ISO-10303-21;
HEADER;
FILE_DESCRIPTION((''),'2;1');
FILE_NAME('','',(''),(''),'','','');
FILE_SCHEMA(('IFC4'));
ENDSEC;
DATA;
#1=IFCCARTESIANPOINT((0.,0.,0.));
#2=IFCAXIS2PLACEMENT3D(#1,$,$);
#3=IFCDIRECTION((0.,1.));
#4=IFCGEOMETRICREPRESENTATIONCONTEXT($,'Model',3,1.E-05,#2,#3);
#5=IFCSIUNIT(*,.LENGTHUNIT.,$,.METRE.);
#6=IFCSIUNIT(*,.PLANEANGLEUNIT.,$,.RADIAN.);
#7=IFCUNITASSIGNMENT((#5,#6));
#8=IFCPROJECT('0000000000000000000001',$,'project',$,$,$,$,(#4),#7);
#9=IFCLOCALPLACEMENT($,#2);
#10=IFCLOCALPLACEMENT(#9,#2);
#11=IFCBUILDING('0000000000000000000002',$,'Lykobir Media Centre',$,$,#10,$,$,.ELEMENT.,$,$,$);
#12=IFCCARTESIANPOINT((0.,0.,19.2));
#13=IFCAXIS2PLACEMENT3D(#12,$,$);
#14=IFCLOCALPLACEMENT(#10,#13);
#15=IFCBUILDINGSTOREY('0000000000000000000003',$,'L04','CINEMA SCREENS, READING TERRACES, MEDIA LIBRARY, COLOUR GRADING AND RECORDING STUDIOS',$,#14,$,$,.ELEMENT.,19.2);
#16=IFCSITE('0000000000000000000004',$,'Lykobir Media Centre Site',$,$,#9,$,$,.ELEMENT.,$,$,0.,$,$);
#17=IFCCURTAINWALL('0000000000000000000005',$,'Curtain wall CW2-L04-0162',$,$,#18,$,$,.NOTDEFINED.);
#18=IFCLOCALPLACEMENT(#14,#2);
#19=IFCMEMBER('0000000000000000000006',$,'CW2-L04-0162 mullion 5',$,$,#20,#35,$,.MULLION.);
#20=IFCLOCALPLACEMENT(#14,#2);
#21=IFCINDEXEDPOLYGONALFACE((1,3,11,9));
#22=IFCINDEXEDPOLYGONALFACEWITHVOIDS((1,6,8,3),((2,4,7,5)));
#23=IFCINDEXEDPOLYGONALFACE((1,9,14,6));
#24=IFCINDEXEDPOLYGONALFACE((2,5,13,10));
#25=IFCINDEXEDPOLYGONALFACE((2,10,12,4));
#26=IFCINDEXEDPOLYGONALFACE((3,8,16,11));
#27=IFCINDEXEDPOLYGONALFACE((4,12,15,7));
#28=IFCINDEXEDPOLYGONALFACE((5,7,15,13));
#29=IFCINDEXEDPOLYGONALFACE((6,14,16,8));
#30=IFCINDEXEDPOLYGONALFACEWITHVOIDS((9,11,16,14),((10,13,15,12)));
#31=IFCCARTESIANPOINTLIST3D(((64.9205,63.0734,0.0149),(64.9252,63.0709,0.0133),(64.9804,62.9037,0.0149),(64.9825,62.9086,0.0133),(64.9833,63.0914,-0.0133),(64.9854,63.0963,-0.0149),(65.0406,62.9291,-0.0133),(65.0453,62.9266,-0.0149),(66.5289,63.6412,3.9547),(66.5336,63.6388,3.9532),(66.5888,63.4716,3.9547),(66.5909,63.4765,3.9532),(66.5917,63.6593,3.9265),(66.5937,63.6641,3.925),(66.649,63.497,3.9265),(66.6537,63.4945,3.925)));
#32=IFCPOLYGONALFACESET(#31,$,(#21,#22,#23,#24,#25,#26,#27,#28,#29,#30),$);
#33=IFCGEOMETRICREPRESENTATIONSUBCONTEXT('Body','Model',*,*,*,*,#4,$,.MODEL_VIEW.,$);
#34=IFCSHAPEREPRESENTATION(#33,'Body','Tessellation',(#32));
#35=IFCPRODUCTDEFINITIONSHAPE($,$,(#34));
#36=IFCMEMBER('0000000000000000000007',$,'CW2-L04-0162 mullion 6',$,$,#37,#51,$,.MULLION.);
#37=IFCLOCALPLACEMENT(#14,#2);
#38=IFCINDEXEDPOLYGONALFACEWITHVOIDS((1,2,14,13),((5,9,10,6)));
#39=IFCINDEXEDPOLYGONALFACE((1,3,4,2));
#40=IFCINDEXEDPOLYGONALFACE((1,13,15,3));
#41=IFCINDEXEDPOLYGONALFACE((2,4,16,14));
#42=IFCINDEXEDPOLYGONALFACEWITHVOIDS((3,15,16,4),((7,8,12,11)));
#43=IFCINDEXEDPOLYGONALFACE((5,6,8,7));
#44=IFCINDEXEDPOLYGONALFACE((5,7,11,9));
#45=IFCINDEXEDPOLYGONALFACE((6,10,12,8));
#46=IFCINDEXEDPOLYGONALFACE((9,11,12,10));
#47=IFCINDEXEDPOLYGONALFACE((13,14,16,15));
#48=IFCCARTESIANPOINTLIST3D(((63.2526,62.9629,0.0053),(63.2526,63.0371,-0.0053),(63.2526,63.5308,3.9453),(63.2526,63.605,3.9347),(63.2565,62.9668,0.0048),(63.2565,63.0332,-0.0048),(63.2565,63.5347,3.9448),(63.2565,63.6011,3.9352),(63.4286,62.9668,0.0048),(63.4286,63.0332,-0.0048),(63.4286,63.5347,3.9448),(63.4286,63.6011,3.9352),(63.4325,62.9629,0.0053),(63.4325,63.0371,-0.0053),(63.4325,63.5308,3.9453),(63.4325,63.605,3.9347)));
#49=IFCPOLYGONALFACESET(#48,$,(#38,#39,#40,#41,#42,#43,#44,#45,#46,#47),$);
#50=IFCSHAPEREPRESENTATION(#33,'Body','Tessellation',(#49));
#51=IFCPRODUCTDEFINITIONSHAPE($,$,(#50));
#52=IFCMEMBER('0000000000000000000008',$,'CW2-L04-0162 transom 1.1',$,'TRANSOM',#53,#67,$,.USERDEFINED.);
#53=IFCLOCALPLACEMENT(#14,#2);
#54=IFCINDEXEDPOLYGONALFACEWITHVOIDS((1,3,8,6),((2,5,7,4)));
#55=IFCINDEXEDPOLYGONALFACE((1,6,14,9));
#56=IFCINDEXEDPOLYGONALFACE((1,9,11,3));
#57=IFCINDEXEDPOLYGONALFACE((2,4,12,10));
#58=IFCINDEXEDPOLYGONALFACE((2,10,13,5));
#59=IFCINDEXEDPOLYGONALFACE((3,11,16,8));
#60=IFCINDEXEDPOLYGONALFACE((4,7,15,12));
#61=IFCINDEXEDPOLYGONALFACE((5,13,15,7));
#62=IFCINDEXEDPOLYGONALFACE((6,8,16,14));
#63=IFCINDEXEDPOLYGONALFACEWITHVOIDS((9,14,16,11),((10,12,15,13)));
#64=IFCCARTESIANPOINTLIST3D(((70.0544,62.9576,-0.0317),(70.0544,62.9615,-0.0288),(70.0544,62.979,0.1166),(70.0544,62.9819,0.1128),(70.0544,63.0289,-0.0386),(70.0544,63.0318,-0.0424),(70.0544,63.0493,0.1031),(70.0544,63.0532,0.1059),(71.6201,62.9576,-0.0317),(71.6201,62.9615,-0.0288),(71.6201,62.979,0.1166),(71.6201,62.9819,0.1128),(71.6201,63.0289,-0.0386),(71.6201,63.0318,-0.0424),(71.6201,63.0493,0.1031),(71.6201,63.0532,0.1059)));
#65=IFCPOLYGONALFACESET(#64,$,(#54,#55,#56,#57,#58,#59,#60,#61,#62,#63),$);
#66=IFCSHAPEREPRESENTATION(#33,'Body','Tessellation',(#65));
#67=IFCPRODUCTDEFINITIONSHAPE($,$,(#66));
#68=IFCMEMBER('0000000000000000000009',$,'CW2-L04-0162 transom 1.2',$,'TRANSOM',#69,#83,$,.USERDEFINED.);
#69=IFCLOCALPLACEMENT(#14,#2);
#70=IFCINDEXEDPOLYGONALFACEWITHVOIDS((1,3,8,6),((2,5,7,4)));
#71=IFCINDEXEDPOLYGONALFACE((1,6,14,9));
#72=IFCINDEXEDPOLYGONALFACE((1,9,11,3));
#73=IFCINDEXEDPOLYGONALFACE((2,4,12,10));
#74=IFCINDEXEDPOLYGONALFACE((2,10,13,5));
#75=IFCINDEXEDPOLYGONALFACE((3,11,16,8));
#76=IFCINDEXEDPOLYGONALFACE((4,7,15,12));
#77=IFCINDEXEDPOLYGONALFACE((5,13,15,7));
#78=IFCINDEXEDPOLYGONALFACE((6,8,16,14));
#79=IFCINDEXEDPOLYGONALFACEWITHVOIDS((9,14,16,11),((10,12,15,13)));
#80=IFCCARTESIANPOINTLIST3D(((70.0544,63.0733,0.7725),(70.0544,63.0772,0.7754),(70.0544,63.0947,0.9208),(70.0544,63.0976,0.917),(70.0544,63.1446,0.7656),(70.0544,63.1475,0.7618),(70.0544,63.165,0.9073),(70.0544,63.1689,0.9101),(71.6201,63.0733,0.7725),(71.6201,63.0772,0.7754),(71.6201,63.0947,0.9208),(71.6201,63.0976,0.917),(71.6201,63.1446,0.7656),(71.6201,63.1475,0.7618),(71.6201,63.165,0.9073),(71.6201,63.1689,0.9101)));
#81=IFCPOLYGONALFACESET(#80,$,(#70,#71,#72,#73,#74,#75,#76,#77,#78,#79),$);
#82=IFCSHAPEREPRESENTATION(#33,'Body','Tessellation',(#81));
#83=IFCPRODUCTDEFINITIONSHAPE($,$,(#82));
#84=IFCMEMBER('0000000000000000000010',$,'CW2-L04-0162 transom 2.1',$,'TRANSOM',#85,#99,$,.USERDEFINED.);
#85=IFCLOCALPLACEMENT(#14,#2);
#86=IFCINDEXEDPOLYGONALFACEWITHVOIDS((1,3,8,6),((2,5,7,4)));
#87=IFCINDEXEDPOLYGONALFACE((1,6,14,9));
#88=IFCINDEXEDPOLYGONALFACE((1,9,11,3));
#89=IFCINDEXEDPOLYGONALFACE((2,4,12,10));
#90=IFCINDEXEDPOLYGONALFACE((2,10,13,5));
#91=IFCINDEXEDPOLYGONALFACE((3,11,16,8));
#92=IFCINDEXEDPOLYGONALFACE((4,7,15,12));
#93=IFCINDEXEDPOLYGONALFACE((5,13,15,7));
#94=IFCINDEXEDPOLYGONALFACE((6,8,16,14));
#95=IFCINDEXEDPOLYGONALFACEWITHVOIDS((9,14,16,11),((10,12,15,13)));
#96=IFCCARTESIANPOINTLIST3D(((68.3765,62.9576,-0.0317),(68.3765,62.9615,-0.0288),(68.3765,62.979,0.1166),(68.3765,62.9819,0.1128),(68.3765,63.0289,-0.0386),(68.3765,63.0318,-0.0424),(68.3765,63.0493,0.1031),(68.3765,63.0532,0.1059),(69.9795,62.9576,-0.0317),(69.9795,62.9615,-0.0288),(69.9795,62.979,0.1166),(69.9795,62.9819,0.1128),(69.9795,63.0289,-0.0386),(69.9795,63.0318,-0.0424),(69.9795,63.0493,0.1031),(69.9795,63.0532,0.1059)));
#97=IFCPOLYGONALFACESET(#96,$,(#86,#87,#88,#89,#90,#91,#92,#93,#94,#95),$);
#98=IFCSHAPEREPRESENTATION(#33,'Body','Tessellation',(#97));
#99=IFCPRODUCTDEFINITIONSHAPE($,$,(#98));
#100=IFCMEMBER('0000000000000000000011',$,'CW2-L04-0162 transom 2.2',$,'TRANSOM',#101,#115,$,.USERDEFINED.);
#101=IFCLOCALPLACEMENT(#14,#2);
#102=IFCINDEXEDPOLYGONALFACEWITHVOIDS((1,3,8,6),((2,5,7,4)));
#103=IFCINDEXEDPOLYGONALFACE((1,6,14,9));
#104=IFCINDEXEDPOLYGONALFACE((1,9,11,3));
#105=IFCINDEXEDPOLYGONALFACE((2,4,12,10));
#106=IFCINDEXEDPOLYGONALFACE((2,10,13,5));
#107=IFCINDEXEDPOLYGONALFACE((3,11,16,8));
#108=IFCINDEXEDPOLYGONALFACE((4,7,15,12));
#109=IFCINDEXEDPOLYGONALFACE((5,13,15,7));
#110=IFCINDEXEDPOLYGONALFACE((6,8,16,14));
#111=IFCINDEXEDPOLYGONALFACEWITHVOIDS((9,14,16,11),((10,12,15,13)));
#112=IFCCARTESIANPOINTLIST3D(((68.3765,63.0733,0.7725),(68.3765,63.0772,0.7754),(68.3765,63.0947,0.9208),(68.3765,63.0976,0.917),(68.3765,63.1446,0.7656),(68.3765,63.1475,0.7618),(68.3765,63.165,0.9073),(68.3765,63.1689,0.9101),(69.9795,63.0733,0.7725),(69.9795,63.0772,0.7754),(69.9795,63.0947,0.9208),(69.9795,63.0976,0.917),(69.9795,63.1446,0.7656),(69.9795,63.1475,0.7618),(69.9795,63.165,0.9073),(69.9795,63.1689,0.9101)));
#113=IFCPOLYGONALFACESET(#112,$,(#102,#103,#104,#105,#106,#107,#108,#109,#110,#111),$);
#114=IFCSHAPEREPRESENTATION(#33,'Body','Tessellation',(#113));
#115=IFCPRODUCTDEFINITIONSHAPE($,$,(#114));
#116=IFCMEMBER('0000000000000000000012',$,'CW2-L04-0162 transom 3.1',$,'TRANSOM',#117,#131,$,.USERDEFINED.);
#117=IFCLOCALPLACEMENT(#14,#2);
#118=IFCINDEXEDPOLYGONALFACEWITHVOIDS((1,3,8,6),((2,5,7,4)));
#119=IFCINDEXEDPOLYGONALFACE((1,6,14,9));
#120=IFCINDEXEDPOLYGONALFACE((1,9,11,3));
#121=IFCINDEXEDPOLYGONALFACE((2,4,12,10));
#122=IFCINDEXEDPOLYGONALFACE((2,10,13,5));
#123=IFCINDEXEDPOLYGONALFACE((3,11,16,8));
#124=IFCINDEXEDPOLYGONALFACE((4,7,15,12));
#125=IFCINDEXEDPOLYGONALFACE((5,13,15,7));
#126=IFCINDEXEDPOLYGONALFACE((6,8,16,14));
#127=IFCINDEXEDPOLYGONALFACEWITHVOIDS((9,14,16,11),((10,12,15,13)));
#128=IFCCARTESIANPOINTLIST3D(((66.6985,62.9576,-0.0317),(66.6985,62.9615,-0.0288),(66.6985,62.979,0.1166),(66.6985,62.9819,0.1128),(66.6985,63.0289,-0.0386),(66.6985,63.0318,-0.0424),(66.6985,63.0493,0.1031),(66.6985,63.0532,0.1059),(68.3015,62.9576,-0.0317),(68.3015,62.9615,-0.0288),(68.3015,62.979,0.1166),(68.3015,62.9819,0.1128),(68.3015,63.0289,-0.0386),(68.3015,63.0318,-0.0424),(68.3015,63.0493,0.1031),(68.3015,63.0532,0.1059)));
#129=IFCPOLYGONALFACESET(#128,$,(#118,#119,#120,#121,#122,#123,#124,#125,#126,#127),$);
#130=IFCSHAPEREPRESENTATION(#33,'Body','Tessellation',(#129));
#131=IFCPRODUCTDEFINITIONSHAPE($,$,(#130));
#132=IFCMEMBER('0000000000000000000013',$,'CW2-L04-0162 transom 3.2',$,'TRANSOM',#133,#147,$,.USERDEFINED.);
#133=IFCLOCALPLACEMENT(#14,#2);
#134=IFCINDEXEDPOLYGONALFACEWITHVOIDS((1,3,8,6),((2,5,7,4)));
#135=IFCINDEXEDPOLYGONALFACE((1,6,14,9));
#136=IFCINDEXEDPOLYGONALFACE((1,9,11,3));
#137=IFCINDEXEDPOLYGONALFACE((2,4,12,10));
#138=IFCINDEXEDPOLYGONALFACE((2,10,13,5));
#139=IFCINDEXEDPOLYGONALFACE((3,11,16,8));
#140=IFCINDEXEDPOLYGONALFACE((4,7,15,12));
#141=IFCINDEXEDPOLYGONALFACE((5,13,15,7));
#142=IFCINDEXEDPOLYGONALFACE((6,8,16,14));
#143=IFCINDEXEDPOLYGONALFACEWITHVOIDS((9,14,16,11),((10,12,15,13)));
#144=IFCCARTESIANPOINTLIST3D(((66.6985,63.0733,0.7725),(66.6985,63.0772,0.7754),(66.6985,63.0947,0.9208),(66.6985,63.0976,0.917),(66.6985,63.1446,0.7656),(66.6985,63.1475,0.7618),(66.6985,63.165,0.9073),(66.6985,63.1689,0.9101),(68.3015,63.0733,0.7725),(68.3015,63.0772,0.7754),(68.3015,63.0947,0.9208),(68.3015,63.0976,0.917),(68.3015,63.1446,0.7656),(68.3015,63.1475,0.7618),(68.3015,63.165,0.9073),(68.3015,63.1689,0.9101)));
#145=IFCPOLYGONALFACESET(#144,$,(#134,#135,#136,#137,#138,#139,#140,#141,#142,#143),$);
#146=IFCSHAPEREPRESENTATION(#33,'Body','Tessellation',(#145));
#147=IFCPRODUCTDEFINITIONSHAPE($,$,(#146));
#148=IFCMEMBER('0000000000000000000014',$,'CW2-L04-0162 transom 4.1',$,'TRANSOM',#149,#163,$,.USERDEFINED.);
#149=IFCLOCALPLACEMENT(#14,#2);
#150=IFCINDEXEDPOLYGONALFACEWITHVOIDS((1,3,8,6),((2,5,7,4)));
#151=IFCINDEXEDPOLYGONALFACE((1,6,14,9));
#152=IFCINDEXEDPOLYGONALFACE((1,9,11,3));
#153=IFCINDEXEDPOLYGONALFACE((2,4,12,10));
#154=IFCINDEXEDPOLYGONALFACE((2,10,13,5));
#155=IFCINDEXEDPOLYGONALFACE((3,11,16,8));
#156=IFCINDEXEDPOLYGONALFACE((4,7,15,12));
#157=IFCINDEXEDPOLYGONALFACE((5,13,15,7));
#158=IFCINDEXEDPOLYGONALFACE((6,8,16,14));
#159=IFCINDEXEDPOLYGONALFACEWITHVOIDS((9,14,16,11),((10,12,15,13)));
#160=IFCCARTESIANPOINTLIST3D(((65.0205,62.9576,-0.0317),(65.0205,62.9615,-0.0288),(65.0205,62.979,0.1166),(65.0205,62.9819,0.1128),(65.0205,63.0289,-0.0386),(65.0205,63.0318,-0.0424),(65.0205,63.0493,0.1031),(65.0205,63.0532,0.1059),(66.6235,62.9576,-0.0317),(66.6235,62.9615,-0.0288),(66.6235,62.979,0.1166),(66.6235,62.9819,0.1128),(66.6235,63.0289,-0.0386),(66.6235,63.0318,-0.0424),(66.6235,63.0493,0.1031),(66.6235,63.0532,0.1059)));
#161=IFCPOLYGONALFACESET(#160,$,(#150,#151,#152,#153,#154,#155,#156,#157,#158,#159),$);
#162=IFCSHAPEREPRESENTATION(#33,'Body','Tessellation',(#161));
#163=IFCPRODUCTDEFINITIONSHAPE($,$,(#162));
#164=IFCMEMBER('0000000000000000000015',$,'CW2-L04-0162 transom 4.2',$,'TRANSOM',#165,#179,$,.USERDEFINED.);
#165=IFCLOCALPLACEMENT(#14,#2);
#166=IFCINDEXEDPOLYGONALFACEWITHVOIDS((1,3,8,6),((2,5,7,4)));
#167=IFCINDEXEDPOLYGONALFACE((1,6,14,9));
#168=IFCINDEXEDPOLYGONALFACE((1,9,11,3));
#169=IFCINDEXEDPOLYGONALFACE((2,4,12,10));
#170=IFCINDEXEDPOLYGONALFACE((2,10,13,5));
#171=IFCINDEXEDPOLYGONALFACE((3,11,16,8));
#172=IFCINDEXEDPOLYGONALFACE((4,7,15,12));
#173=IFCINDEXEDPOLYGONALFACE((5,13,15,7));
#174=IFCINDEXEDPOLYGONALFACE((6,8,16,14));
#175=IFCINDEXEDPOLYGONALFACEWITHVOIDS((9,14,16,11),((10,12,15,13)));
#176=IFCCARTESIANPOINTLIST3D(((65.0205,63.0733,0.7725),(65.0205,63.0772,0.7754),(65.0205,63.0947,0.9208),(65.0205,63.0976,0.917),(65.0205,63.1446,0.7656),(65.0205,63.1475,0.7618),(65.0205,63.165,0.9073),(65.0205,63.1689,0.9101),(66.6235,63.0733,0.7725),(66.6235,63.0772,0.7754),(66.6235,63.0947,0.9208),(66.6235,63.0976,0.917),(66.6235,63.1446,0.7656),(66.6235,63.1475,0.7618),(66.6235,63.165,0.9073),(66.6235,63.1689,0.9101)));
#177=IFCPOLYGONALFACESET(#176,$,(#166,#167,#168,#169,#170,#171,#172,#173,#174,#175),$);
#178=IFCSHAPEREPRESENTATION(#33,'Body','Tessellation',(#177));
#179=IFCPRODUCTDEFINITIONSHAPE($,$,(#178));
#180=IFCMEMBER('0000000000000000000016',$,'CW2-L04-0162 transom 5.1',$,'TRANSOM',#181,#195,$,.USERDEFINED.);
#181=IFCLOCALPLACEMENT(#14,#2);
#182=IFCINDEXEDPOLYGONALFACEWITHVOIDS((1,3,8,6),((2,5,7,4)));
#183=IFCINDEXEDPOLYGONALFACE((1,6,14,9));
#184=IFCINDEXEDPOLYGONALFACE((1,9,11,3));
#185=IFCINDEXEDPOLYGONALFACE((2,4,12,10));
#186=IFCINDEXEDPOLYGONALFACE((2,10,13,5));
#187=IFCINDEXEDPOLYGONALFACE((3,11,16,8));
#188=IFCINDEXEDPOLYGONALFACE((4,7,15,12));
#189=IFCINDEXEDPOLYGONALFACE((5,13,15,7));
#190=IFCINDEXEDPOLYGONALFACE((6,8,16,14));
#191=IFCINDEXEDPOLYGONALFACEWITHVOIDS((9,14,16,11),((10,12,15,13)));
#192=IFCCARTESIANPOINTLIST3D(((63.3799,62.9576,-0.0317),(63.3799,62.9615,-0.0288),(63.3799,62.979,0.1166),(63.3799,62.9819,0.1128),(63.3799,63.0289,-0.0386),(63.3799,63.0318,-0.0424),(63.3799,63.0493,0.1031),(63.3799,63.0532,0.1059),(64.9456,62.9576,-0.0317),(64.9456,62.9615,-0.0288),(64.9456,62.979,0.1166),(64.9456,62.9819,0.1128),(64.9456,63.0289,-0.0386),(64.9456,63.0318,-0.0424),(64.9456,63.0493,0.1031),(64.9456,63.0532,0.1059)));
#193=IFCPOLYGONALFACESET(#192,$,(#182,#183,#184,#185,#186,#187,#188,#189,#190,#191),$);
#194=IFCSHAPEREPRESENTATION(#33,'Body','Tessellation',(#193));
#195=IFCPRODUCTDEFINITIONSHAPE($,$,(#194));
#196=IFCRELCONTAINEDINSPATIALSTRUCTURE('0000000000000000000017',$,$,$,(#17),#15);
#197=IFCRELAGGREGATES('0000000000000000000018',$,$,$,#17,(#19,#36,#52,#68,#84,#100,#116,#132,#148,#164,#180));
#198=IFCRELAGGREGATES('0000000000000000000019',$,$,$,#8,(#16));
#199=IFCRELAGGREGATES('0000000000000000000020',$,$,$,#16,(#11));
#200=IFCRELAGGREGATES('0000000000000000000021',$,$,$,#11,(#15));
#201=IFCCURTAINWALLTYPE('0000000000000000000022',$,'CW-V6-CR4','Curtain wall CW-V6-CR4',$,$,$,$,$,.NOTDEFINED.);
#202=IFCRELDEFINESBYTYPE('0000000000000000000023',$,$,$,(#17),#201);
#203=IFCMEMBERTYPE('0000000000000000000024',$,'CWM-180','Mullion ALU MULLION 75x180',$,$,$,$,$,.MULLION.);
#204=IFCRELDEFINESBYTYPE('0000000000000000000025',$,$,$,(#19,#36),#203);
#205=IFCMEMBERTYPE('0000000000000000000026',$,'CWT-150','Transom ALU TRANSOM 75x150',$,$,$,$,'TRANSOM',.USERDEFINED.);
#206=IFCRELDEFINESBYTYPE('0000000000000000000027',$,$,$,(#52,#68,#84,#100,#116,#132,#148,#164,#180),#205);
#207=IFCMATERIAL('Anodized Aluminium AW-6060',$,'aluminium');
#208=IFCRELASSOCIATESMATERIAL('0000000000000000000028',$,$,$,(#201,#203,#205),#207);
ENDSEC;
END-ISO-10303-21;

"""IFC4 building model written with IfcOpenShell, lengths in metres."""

from ifc_helpers import new_model, si_unit, direction, frame, origin, origin_2d, place, context, subcontext, project, spatial, hollow_rectangle, extrude, material, material_profile, profile_set, type_object, element, aggregate, save


model = new_model("IFC4")

# Units and contexts
model_context = context("Model", 3, precision=1e-05, world=origin(), true_north=direction((0.0, 1.0)))
body_context = subcontext(model_context, "Body", "Model", "MODEL_VIEW")
ifc_project = project(units=[si_unit("LENGTHUNIT", "METRE"), si_unit("PLANEANGLEUNIT", "RADIAN")], contexts=[model_context])

# Site, building, storey
site_placement = place(None, origin())
site = spatial("IfcSite", under=ifc_project, at=site_placement, Name="Lykobir Media Centre Site", CompositionType="ELEMENT", RefElevation=0.0)
building_placement = place(site_placement, origin())
building = spatial("IfcBuilding", under=site, at=building_placement, Name="Lykobir Media Centre", CompositionType="ELEMENT")
storey_placement = place(building_placement, frame((0.0, 0.0, 19.2)))
storey = spatial("IfcBuildingStorey", under=building, at=storey_placement, Name="L04", Description="CINEMA SCREENS, READING TERRACES, MEDIA LIBRARY, COLOUR GRADING AND RECORDING STUDIOS", CompositionType="ELEMENT", Elevation=19.2)

# Curtain wall, members
ifc_material_1 = material(Name="Anodized Aluminium AW-6060", Category="aluminium")
curtain_wall_type_1 = type_object("IfcCurtainWallType", Name="CW-V6-CR4", Description="Curtain wall CW-V6-CR4", PredefinedType="NOTDEFINED", material=ifc_material_1)
curtain_wall_1_placement = place(storey_placement, origin())
curtain_wall_1 = element("IfcCurtainWall", 1, at=curtain_wall_1_placement, inside=storey, type_object=curtain_wall_type_1, Name="Curtain wall CW2-L04-0162", PredefinedType="NOTDEFINED")
ifc_material_profile_1 = material_profile(ifc_material_1, hollow_rectangle(XDim=0.075, YDim=0.1799, WallThickness=0.0039, at=origin_2d()), Name="ALU MULLION 75x180")
ifc_profile_set_1 = profile_set([ifc_material_profile_1], Name="Anodized Aluminium AW-6060")
member_type_1 = type_object("IfcMemberType", Name="CWM-180", Description="Mullion ALU MULLION 75x180", PredefinedType="MULLION", material=ifc_profile_set_1)
member_1_placement = place(storey_placement, frame((64.9829, 63.0, 0.0), z_axis=(0.374628, 0.132269, 0.917692), x_axis=(0.865341, 0.305523, -0.397293)))
member_1 = element("IfcMember", 2, at=member_1_placement, type_object=member_type_1, Name="CW2-L04-0162 mullion 5", PredefinedType="MULLION", context=body_context, shape_type="SweptSolid", body=[
    extrude(hollow_rectangle(XDim=0.075, YDim=0.1799, WallThickness=0.0039, at=origin_2d()), origin(), (0.0, 0.0, 1.0), 4.2932),
])
member_2_placement = place(storey_placement, frame((63.3425, 63.0, 0.0), z_axis=(0.0, 0.142658, 0.989772), x_axis=(0.0, 0.989772, -0.142658)))
member_2 = element("IfcMember", 3, at=member_2_placement, type_object=member_type_1, Name="CW2-L04-0162 mullion 6", PredefinedType="MULLION", context=body_context, shape_type="SweptSolid", body=[
    extrude(hollow_rectangle(XDim=0.075, YDim=0.1799, WallThickness=0.0039, at=origin_2d()), origin(), (0.0, 0.0, 1.0), 3.9807),
])
ifc_material_profile_2 = material_profile(ifc_material_1, hollow_rectangle(XDim=0.075, YDim=0.1499, WallThickness=0.0034, at=origin_2d()), Name="ALU TRANSOM 75x150")
ifc_profile_set_2 = profile_set([ifc_material_profile_2], Name="Anodized Aluminium AW-6060")
member_type_2 = type_object("IfcMemberType", Name="CWT-150", Description="Transom ALU TRANSOM 75x150", ElementType="TRANSOM", PredefinedType="USERDEFINED", material=ifc_profile_set_2)
member_3_placement = place(storey_placement, frame((71.6201, 63.0054, 0.0371), z_axis=(-1.0, 0.0, 0.0), x_axis=(0.0, -0.989776, 0.142629)))
member_3 = element("IfcMember", 4, at=member_3_placement, type_object=member_type_2, Name="CW2-L04-0162 transom 1.1", ObjectType="TRANSOM", PredefinedType="USERDEFINED", context=body_context, shape_type="SweptSolid", body=[
    extrude(hollow_rectangle(XDim=0.075, YDim=0.1499, WallThickness=0.0034, at=origin_2d()), origin(), (0.0, 0.0, 1.0), 1.5657),
])
member_4_placement = place(storey_placement, frame((71.6201, 63.1211, 0.8413), z_axis=(-1.0, 0.0, 0.0), x_axis=(0.0, -0.989776, 0.142629)))
member_4 = element("IfcMember", 5, at=member_4_placement, type_object=member_type_2, Name="CW2-L04-0162 transom 1.2", ObjectType="TRANSOM", PredefinedType="USERDEFINED", context=body_context, shape_type="SweptSolid", body=[
    extrude(hollow_rectangle(XDim=0.075, YDim=0.1499, WallThickness=0.0034, at=origin_2d()), origin(), (0.0, 0.0, 1.0), 1.5657),
])
member_5_placement = place(storey_placement, frame((69.9795, 63.0054, 0.0371), z_axis=(-1.0, 0.0, 0.0), x_axis=(0.0, -0.989776, 0.142629)))
member_5 = element("IfcMember", 6, at=member_5_placement, type_object=member_type_2, Name="CW2-L04-0162 transom 2.1", ObjectType="TRANSOM", PredefinedType="USERDEFINED", context=body_context, shape_type="SweptSolid", body=[
    extrude(hollow_rectangle(XDim=0.075, YDim=0.1499, WallThickness=0.0034, at=origin_2d()), origin(), (0.0, 0.0, 1.0), 1.603),
])
member_6_placement = place(storey_placement, frame((69.9795, 63.1211, 0.8413), z_axis=(-1.0, 0.0, 0.0), x_axis=(0.0, -0.989776, 0.142629)))
member_6 = element("IfcMember", 7, at=member_6_placement, type_object=member_type_2, Name="CW2-L04-0162 transom 2.2", ObjectType="TRANSOM", PredefinedType="USERDEFINED", context=body_context, shape_type="SweptSolid", body=[
    extrude(hollow_rectangle(XDim=0.075, YDim=0.1499, WallThickness=0.0034, at=origin_2d()), origin(), (0.0, 0.0, 1.0), 1.603),
])
member_7_placement = place(storey_placement, frame((68.3015, 63.0054, 0.0371), z_axis=(-1.0, 0.0, 0.0), x_axis=(0.0, -0.989776, 0.142629)))
member_7 = element("IfcMember", 8, at=member_7_placement, type_object=member_type_2, Name="CW2-L04-0162 transom 3.1", ObjectType="TRANSOM", PredefinedType="USERDEFINED", context=body_context, shape_type="SweptSolid", body=[
    extrude(hollow_rectangle(XDim=0.075, YDim=0.1499, WallThickness=0.0034, at=origin_2d()), origin(), (0.0, 0.0, 1.0), 1.603),
])
member_8_placement = place(storey_placement, frame((68.3015, 63.1211, 0.8413), z_axis=(-1.0, 0.0, 0.0), x_axis=(0.0, -0.989776, 0.142629)))
member_8 = element("IfcMember", 9, at=member_8_placement, type_object=member_type_2, Name="CW2-L04-0162 transom 3.2", ObjectType="TRANSOM", PredefinedType="USERDEFINED", context=body_context, shape_type="SweptSolid", body=[
    extrude(hollow_rectangle(XDim=0.075, YDim=0.1499, WallThickness=0.0034, at=origin_2d()), origin(), (0.0, 0.0, 1.0), 1.603),
])
member_9_placement = place(storey_placement, frame((66.6235, 63.0054, 0.0371), z_axis=(-1.0, 0.0, 0.0), x_axis=(0.0, -0.989776, 0.142629)))
member_9 = element("IfcMember", 10, at=member_9_placement, type_object=member_type_2, Name="CW2-L04-0162 transom 4.1", ObjectType="TRANSOM", PredefinedType="USERDEFINED", context=body_context, shape_type="SweptSolid", body=[
    extrude(hollow_rectangle(XDim=0.075, YDim=0.1499, WallThickness=0.0034, at=origin_2d()), origin(), (0.0, 0.0, 1.0), 1.603),
])
member_10_placement = place(storey_placement, frame((66.6235, 63.1211, 0.8413), z_axis=(-1.0, 0.0, 0.0), x_axis=(0.0, -0.989776, 0.142629)))
member_10 = element("IfcMember", 11, at=member_10_placement, type_object=member_type_2, Name="CW2-L04-0162 transom 4.2", ObjectType="TRANSOM", PredefinedType="USERDEFINED", context=body_context, shape_type="SweptSolid", body=[
    extrude(hollow_rectangle(XDim=0.075, YDim=0.1499, WallThickness=0.0034, at=origin_2d()), origin(), (0.0, 0.0, 1.0), 1.603),
])
member_11_placement = place(storey_placement, frame((64.9456, 63.0054, 0.0371), z_axis=(-1.0, 0.0, 0.0), x_axis=(0.0, -0.989776, 0.142629)))
member_11 = element("IfcMember", 12, at=member_11_placement, type_object=member_type_2, Name="CW2-L04-0162 transom 5.1", ObjectType="TRANSOM", PredefinedType="USERDEFINED", context=body_context, shape_type="SweptSolid", body=[
    extrude(hollow_rectangle(XDim=0.075, YDim=0.1499, WallThickness=0.0034, at=origin_2d()), origin(), (0.0, 0.0, 1.0), 1.5657),
])

aggregate(curtain_wall_1, [member_1, member_2, member_3, member_4, member_5, member_6, member_7, member_8, member_9, member_10, member_11])

save(model, "model.ifc")
